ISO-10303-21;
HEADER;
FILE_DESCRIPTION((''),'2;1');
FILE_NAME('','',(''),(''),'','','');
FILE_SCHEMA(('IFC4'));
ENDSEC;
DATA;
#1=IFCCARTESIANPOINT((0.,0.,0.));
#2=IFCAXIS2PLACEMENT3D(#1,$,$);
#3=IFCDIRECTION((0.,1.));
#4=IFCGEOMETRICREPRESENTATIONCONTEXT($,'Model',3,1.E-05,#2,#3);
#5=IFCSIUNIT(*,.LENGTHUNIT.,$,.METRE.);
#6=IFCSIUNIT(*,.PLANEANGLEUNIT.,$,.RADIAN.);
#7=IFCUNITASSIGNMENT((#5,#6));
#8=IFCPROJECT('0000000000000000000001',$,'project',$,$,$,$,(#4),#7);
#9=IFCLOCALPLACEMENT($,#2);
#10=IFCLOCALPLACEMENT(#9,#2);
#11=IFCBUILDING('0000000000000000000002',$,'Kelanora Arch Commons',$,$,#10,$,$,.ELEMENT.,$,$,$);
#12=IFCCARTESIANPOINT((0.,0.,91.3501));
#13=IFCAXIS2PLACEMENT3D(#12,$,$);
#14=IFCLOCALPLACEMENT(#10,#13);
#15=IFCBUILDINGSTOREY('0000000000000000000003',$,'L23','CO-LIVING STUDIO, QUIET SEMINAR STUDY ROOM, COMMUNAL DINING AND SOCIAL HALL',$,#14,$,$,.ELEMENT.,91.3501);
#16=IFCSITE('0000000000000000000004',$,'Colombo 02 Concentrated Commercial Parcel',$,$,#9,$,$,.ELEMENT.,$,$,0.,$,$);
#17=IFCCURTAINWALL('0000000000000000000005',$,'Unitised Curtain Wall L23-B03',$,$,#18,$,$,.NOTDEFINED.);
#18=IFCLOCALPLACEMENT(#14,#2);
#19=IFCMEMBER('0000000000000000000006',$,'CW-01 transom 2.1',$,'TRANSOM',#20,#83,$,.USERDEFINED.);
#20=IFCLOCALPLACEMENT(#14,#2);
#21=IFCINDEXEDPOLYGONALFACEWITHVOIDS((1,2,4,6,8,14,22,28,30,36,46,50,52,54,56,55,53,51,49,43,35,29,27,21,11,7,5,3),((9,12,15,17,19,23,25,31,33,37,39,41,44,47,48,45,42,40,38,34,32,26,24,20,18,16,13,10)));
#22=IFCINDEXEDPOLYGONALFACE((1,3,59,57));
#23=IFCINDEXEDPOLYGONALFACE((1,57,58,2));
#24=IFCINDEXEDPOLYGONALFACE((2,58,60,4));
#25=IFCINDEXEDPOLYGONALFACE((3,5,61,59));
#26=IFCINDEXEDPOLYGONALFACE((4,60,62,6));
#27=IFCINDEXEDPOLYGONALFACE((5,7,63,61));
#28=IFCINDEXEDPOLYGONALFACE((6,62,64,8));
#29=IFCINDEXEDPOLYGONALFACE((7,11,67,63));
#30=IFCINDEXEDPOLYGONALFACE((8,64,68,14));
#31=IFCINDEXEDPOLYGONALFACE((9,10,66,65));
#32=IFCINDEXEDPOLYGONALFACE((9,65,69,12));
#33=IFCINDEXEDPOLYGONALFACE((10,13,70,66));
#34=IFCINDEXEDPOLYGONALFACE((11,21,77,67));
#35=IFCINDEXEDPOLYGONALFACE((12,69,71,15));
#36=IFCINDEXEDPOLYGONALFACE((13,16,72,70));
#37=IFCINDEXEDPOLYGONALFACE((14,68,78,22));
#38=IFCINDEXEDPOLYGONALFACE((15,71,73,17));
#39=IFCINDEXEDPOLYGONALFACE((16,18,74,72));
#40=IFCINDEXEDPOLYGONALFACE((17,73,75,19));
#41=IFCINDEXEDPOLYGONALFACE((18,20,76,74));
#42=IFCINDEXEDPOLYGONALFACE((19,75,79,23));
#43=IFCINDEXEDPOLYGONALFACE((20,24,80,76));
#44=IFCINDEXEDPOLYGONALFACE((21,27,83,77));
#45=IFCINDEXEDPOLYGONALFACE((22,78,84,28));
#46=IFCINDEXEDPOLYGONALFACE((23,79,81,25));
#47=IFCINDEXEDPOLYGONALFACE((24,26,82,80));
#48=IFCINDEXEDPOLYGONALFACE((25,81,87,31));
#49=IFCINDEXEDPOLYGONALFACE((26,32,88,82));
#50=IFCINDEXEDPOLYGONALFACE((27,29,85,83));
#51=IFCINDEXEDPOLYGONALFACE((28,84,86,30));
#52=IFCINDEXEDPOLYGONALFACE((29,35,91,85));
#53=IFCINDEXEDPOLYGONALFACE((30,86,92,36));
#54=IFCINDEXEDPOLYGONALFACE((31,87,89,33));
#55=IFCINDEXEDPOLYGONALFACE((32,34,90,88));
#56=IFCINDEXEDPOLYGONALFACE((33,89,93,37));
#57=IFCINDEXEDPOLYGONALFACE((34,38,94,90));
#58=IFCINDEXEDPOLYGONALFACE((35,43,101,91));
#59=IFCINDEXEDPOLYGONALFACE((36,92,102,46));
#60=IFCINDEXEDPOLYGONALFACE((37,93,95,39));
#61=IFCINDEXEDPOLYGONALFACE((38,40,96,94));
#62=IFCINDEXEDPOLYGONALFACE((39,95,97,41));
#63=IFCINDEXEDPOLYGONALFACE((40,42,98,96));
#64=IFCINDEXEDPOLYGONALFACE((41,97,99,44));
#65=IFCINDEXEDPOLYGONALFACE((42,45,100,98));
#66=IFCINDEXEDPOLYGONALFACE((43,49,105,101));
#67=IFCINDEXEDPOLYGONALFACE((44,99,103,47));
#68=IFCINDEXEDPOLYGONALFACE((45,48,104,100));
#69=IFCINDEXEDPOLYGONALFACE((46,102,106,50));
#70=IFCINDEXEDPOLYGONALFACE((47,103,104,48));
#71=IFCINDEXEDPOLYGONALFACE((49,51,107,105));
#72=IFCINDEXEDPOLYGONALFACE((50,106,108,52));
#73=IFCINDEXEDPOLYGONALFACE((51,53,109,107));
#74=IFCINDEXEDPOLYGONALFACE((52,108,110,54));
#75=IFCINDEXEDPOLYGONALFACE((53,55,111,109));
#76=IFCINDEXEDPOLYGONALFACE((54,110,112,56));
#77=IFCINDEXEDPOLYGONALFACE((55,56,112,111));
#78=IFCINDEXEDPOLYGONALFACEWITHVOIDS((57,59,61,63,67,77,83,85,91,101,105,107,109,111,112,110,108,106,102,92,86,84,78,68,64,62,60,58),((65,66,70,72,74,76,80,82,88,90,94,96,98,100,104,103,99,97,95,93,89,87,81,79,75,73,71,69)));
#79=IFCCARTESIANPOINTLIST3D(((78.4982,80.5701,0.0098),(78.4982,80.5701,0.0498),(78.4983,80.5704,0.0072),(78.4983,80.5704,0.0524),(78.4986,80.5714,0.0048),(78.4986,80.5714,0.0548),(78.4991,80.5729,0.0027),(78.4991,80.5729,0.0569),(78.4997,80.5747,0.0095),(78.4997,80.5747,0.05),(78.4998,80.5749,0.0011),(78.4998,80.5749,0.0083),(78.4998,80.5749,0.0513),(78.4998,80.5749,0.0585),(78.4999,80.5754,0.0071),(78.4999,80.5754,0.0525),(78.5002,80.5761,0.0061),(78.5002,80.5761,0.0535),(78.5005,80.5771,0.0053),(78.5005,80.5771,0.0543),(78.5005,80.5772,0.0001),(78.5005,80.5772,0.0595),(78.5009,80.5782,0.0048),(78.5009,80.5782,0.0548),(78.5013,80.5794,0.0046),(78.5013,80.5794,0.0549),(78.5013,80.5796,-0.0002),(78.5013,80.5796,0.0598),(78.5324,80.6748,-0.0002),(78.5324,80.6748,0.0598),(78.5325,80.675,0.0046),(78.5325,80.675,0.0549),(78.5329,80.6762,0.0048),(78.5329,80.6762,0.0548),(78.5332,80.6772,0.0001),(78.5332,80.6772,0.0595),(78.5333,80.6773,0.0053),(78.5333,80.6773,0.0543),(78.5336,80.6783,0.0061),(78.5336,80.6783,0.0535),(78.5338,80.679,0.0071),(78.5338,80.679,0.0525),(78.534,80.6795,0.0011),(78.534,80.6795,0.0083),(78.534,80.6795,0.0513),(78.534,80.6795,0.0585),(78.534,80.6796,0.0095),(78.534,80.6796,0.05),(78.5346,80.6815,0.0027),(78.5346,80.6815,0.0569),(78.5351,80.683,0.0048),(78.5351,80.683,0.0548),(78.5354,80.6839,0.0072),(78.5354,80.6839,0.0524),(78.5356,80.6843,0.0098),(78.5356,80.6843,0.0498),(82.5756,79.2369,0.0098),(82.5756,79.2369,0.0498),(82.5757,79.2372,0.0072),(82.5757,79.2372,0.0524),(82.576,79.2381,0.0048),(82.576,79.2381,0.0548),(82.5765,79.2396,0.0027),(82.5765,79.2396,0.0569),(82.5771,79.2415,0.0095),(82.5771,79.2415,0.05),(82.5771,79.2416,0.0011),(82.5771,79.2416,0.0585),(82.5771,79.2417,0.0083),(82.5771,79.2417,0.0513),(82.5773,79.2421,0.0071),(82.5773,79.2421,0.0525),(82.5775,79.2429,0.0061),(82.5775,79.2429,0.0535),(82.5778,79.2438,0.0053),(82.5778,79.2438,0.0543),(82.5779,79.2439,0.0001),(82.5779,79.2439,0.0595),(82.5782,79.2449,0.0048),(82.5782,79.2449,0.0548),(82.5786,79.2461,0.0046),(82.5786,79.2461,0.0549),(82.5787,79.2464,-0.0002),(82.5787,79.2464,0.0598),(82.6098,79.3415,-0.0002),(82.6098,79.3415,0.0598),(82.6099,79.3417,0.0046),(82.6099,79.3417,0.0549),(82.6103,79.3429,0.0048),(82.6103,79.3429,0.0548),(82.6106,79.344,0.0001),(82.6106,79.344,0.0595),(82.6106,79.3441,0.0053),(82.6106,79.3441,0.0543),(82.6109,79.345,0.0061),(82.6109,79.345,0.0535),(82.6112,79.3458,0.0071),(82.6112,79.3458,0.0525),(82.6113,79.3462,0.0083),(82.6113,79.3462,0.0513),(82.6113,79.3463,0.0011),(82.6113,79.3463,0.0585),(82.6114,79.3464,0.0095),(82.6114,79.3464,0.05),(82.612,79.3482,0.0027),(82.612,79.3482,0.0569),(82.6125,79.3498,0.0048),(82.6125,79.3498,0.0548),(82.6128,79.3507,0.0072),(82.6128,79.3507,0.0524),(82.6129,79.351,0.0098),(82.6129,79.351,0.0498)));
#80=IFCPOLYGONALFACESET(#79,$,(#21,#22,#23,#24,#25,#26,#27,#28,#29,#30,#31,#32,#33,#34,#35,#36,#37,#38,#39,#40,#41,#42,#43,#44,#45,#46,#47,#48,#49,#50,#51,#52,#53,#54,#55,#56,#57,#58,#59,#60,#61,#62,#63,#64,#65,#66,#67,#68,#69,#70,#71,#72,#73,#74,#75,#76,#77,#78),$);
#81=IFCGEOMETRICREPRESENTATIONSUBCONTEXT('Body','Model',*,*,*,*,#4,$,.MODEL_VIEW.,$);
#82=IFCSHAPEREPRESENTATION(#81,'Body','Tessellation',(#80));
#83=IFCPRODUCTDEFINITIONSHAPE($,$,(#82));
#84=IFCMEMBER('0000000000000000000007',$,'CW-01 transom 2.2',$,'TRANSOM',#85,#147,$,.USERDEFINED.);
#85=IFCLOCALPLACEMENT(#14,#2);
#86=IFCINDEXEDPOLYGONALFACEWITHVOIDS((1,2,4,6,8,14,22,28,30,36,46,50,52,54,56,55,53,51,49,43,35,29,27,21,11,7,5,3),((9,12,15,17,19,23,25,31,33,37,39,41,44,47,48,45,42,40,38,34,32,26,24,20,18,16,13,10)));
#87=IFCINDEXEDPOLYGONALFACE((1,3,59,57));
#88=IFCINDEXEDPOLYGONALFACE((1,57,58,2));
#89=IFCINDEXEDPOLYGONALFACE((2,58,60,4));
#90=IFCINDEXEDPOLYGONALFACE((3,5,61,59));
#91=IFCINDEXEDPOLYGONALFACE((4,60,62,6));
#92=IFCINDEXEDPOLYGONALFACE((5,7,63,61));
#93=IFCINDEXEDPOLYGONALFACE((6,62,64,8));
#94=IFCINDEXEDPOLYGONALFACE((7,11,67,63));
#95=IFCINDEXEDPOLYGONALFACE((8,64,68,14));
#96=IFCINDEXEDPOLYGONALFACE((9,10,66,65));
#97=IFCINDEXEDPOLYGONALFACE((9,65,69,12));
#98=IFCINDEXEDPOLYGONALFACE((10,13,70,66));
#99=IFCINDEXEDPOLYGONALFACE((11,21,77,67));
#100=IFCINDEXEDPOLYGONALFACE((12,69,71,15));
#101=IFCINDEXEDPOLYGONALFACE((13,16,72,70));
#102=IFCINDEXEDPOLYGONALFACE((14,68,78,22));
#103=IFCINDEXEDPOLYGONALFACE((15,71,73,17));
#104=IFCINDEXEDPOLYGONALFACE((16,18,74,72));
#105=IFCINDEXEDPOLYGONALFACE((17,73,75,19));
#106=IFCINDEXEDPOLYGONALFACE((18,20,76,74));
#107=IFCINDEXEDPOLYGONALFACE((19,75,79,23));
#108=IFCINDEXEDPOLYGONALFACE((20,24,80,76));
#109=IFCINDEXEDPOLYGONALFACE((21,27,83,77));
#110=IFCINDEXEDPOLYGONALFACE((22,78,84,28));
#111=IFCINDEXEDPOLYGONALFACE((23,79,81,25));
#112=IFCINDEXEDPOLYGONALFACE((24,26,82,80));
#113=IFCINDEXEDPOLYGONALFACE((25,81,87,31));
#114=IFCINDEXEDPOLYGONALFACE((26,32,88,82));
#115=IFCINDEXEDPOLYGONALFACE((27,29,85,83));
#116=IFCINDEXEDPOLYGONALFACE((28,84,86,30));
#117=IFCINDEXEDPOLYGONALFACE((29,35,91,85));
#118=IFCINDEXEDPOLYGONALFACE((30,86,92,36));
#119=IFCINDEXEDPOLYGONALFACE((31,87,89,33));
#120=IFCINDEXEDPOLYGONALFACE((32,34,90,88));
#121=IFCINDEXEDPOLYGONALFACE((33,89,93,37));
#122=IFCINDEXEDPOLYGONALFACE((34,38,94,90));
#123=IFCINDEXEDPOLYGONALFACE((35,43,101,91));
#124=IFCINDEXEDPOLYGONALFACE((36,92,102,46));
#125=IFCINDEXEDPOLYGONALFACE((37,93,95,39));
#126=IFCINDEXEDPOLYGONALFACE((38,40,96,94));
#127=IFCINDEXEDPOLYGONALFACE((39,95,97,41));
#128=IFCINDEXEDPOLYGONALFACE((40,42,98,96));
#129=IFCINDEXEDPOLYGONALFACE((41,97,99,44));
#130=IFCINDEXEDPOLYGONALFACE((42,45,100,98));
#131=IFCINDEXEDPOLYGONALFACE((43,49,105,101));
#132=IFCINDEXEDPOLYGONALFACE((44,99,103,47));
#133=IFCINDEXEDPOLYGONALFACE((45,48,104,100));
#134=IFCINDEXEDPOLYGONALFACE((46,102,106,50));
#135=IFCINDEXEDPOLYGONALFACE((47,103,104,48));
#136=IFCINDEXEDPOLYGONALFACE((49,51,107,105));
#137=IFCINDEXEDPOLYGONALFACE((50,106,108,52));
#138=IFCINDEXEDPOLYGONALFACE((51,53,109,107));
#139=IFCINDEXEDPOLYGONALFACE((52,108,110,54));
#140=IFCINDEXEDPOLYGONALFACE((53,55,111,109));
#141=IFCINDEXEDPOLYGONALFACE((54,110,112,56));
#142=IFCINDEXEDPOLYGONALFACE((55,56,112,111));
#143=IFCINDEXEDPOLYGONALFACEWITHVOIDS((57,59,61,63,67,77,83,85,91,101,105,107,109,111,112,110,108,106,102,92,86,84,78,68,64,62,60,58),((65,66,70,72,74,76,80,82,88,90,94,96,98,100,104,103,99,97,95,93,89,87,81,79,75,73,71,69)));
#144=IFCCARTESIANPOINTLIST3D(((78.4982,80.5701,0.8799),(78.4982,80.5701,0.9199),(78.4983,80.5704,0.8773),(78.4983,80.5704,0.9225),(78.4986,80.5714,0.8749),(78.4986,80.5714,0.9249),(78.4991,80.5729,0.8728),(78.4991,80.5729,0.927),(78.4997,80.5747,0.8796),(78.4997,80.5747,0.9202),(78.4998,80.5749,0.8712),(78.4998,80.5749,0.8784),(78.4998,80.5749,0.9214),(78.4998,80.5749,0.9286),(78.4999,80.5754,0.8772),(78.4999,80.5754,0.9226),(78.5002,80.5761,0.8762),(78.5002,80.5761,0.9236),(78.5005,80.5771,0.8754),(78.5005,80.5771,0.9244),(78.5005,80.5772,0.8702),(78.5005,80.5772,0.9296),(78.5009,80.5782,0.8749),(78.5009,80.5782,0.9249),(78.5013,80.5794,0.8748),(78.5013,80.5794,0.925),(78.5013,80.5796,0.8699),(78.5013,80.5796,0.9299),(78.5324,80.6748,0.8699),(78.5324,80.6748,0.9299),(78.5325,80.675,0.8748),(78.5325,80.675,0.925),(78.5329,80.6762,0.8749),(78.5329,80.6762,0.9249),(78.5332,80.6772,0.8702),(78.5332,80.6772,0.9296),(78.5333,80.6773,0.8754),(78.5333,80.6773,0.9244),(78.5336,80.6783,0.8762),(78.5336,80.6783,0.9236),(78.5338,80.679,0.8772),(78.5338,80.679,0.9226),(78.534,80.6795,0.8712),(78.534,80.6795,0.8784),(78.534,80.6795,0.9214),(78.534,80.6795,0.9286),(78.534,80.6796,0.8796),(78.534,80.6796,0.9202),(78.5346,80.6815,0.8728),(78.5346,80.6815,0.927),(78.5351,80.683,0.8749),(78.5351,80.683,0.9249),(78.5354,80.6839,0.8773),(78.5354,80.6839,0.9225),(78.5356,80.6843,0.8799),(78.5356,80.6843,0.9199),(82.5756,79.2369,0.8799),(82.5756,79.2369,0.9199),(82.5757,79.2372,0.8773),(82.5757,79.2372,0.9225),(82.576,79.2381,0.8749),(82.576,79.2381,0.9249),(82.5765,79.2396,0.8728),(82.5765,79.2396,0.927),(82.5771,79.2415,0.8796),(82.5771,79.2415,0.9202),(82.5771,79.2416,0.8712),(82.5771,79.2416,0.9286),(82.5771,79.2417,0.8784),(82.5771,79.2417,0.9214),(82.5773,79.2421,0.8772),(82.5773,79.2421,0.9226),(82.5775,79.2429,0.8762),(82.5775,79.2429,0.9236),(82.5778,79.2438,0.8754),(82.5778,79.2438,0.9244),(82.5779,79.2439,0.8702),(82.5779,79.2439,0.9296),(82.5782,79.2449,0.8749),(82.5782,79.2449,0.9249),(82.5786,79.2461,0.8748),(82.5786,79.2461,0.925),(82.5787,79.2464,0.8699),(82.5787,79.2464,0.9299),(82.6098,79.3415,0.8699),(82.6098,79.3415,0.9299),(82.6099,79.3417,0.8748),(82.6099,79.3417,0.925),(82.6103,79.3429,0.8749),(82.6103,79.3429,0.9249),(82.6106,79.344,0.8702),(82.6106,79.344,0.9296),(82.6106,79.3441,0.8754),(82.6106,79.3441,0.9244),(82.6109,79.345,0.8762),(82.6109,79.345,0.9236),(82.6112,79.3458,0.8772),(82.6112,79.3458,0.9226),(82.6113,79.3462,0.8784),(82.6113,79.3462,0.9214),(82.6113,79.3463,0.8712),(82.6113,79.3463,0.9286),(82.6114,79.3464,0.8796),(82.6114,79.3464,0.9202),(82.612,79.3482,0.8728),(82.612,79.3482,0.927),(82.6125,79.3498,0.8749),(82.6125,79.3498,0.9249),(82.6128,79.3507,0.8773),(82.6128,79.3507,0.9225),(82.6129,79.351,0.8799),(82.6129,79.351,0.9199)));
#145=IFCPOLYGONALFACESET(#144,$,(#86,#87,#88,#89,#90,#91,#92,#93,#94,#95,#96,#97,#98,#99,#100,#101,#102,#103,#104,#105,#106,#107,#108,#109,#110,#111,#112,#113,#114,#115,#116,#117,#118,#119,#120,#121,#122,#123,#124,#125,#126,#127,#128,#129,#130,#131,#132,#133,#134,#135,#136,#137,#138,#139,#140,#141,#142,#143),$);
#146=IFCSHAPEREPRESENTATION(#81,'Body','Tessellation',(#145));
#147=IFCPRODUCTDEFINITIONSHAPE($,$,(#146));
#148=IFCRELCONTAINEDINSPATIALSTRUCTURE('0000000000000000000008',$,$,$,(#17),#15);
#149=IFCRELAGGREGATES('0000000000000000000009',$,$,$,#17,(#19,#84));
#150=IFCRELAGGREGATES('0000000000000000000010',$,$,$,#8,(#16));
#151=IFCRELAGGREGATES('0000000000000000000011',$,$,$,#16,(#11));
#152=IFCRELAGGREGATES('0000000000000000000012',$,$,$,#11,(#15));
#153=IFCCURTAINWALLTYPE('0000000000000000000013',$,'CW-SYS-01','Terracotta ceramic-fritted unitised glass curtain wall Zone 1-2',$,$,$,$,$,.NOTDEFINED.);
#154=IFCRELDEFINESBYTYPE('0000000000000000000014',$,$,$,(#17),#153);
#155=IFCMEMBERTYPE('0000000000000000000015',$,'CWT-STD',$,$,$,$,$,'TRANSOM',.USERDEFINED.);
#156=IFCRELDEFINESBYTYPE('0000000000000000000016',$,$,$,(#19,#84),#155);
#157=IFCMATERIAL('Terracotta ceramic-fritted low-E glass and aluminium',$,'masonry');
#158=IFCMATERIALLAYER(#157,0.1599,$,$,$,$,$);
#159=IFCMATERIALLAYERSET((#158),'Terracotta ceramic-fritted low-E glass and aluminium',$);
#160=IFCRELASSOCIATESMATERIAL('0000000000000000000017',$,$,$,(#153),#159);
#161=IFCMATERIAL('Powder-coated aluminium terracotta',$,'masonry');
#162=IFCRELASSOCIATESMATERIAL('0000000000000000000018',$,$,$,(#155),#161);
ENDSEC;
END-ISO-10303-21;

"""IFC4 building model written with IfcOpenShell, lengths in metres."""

from ifc_helpers import new_model, si_unit, direction, frame, origin, origin_2d, place, context, subcontext, project, spatial, hollow_rectangle, extrude, material, layer, layer_set, material_profile, profile_set, type_object, element, aggregate, save


model = new_model("IFC4")

# Units and contexts
model_context = context("Model", 3, precision=1e-05, world=origin(), true_north=direction((0.0, 1.0)))
body_context = subcontext(model_context, "Body", "Model", "MODEL_VIEW")
ifc_project = project(units=[si_unit("LENGTHUNIT", "METRE"), si_unit("PLANEANGLEUNIT", "RADIAN")], contexts=[model_context])

# Site, building, storey
site_placement = place(None, origin())
site = spatial("IfcSite", under=ifc_project, at=site_placement, Name="Colombo 02 Concentrated Commercial Parcel", CompositionType="ELEMENT", RefElevation=0.0)
building_placement = place(site_placement, origin())
building = spatial("IfcBuilding", under=site, at=building_placement, Name="Kelanora Arch Commons", CompositionType="ELEMENT")
storey_placement = place(building_placement, frame((0.0, 0.0, 91.3501)))
storey = spatial("IfcBuildingStorey", under=building, at=storey_placement, Name="L23", Description="CO-LIVING STUDIO, QUIET SEMINAR STUDY ROOM, COMMUNAL DINING AND SOCIAL HALL", CompositionType="ELEMENT", Elevation=91.3501)

# Curtain wall, members
ifc_material_1 = material(Name="Terracotta ceramic-fritted low-E glass and aluminium", Category="masonry")
ifc_layer_1 = layer(ifc_material_1, 0.1599)
ifc_layer_set_1 = layer_set([ifc_layer_1], Name="Terracotta ceramic-fritted low-E glass and aluminium")
curtain_wall_type = type_object("IfcCurtainWallType", Name="CW-SYS-01", Description="Terracotta ceramic-fritted unitised glass curtain wall Zone 1-2", PredefinedType="NOTDEFINED", material=ifc_layer_set_1)
curtain_wall_placement = place(storey_placement, origin())
curtain_wall = element("IfcCurtainWall", 1, at=curtain_wall_placement, inside=storey, type_object=curtain_wall_type, Name="Unitised Curtain Wall L23-B03", PredefinedType="NOTDEFINED")
ifc_material_2 = material(Name="Powder-coated aluminium terracotta", Category="masonry")
ifc_material_profile_1 = material_profile(ifc_material_2, hollow_rectangle(XDim=0.1201, YDim=0.0601, WallThickness=0.0049, InnerFilletRadius=0.0049, OuterFilletRadius=0.01, at=origin_2d()), Name="CWT120x60")
ifc_profile_set_1 = profile_set([ifc_material_profile_1], Name="Powder-coated aluminium terracotta")
member_type_1 = type_object("IfcMemberType", Name="CWT-STD", ElementType="TRANSOM", PredefinedType="USERDEFINED", material=ifc_profile_set_1)
member_1_placement = place(storey_placement, frame((82.5942, 79.2939, 0.0298), z_axis=(-0.950478, 0.310793, 0.0), x_axis=(-0.310793, -0.950478, 0.0)))
member_1 = element("IfcMember", 2, at=member_1_placement, type_object=member_type_1, Name="CW-01 transom 2.1", ObjectType="TRANSOM", PredefinedType="USERDEFINED", context=body_context, shape_type="SweptSolid", body=[
    extrude(hollow_rectangle(XDim=0.1201, YDim=0.0601, WallThickness=0.0049, InnerFilletRadius=0.0049, OuterFilletRadius=0.01, at=origin_2d()), origin(), (0.0, 0.0, 1.0), 4.2898),
])
member_2_placement = place(storey_placement, frame((82.5942, 79.2939, 0.8999), z_axis=(-0.950478, 0.310793, 0.0), x_axis=(-0.310793, -0.950478, 0.0)))
member_2 = element("IfcMember", 3, at=member_2_placement, type_object=member_type_1, Name="CW-01 transom 2.2", ObjectType="TRANSOM", PredefinedType="USERDEFINED", context=body_context, shape_type="SweptSolid", body=[
    extrude(hollow_rectangle(XDim=0.1201, YDim=0.0601, WallThickness=0.0049, InnerFilletRadius=0.0049, OuterFilletRadius=0.01, at=origin_2d()), origin(), (0.0, 0.0, 1.0), 4.2898),
])
aggregate(curtain_wall, [member_1, member_2])

save(model, "model.ifc")
